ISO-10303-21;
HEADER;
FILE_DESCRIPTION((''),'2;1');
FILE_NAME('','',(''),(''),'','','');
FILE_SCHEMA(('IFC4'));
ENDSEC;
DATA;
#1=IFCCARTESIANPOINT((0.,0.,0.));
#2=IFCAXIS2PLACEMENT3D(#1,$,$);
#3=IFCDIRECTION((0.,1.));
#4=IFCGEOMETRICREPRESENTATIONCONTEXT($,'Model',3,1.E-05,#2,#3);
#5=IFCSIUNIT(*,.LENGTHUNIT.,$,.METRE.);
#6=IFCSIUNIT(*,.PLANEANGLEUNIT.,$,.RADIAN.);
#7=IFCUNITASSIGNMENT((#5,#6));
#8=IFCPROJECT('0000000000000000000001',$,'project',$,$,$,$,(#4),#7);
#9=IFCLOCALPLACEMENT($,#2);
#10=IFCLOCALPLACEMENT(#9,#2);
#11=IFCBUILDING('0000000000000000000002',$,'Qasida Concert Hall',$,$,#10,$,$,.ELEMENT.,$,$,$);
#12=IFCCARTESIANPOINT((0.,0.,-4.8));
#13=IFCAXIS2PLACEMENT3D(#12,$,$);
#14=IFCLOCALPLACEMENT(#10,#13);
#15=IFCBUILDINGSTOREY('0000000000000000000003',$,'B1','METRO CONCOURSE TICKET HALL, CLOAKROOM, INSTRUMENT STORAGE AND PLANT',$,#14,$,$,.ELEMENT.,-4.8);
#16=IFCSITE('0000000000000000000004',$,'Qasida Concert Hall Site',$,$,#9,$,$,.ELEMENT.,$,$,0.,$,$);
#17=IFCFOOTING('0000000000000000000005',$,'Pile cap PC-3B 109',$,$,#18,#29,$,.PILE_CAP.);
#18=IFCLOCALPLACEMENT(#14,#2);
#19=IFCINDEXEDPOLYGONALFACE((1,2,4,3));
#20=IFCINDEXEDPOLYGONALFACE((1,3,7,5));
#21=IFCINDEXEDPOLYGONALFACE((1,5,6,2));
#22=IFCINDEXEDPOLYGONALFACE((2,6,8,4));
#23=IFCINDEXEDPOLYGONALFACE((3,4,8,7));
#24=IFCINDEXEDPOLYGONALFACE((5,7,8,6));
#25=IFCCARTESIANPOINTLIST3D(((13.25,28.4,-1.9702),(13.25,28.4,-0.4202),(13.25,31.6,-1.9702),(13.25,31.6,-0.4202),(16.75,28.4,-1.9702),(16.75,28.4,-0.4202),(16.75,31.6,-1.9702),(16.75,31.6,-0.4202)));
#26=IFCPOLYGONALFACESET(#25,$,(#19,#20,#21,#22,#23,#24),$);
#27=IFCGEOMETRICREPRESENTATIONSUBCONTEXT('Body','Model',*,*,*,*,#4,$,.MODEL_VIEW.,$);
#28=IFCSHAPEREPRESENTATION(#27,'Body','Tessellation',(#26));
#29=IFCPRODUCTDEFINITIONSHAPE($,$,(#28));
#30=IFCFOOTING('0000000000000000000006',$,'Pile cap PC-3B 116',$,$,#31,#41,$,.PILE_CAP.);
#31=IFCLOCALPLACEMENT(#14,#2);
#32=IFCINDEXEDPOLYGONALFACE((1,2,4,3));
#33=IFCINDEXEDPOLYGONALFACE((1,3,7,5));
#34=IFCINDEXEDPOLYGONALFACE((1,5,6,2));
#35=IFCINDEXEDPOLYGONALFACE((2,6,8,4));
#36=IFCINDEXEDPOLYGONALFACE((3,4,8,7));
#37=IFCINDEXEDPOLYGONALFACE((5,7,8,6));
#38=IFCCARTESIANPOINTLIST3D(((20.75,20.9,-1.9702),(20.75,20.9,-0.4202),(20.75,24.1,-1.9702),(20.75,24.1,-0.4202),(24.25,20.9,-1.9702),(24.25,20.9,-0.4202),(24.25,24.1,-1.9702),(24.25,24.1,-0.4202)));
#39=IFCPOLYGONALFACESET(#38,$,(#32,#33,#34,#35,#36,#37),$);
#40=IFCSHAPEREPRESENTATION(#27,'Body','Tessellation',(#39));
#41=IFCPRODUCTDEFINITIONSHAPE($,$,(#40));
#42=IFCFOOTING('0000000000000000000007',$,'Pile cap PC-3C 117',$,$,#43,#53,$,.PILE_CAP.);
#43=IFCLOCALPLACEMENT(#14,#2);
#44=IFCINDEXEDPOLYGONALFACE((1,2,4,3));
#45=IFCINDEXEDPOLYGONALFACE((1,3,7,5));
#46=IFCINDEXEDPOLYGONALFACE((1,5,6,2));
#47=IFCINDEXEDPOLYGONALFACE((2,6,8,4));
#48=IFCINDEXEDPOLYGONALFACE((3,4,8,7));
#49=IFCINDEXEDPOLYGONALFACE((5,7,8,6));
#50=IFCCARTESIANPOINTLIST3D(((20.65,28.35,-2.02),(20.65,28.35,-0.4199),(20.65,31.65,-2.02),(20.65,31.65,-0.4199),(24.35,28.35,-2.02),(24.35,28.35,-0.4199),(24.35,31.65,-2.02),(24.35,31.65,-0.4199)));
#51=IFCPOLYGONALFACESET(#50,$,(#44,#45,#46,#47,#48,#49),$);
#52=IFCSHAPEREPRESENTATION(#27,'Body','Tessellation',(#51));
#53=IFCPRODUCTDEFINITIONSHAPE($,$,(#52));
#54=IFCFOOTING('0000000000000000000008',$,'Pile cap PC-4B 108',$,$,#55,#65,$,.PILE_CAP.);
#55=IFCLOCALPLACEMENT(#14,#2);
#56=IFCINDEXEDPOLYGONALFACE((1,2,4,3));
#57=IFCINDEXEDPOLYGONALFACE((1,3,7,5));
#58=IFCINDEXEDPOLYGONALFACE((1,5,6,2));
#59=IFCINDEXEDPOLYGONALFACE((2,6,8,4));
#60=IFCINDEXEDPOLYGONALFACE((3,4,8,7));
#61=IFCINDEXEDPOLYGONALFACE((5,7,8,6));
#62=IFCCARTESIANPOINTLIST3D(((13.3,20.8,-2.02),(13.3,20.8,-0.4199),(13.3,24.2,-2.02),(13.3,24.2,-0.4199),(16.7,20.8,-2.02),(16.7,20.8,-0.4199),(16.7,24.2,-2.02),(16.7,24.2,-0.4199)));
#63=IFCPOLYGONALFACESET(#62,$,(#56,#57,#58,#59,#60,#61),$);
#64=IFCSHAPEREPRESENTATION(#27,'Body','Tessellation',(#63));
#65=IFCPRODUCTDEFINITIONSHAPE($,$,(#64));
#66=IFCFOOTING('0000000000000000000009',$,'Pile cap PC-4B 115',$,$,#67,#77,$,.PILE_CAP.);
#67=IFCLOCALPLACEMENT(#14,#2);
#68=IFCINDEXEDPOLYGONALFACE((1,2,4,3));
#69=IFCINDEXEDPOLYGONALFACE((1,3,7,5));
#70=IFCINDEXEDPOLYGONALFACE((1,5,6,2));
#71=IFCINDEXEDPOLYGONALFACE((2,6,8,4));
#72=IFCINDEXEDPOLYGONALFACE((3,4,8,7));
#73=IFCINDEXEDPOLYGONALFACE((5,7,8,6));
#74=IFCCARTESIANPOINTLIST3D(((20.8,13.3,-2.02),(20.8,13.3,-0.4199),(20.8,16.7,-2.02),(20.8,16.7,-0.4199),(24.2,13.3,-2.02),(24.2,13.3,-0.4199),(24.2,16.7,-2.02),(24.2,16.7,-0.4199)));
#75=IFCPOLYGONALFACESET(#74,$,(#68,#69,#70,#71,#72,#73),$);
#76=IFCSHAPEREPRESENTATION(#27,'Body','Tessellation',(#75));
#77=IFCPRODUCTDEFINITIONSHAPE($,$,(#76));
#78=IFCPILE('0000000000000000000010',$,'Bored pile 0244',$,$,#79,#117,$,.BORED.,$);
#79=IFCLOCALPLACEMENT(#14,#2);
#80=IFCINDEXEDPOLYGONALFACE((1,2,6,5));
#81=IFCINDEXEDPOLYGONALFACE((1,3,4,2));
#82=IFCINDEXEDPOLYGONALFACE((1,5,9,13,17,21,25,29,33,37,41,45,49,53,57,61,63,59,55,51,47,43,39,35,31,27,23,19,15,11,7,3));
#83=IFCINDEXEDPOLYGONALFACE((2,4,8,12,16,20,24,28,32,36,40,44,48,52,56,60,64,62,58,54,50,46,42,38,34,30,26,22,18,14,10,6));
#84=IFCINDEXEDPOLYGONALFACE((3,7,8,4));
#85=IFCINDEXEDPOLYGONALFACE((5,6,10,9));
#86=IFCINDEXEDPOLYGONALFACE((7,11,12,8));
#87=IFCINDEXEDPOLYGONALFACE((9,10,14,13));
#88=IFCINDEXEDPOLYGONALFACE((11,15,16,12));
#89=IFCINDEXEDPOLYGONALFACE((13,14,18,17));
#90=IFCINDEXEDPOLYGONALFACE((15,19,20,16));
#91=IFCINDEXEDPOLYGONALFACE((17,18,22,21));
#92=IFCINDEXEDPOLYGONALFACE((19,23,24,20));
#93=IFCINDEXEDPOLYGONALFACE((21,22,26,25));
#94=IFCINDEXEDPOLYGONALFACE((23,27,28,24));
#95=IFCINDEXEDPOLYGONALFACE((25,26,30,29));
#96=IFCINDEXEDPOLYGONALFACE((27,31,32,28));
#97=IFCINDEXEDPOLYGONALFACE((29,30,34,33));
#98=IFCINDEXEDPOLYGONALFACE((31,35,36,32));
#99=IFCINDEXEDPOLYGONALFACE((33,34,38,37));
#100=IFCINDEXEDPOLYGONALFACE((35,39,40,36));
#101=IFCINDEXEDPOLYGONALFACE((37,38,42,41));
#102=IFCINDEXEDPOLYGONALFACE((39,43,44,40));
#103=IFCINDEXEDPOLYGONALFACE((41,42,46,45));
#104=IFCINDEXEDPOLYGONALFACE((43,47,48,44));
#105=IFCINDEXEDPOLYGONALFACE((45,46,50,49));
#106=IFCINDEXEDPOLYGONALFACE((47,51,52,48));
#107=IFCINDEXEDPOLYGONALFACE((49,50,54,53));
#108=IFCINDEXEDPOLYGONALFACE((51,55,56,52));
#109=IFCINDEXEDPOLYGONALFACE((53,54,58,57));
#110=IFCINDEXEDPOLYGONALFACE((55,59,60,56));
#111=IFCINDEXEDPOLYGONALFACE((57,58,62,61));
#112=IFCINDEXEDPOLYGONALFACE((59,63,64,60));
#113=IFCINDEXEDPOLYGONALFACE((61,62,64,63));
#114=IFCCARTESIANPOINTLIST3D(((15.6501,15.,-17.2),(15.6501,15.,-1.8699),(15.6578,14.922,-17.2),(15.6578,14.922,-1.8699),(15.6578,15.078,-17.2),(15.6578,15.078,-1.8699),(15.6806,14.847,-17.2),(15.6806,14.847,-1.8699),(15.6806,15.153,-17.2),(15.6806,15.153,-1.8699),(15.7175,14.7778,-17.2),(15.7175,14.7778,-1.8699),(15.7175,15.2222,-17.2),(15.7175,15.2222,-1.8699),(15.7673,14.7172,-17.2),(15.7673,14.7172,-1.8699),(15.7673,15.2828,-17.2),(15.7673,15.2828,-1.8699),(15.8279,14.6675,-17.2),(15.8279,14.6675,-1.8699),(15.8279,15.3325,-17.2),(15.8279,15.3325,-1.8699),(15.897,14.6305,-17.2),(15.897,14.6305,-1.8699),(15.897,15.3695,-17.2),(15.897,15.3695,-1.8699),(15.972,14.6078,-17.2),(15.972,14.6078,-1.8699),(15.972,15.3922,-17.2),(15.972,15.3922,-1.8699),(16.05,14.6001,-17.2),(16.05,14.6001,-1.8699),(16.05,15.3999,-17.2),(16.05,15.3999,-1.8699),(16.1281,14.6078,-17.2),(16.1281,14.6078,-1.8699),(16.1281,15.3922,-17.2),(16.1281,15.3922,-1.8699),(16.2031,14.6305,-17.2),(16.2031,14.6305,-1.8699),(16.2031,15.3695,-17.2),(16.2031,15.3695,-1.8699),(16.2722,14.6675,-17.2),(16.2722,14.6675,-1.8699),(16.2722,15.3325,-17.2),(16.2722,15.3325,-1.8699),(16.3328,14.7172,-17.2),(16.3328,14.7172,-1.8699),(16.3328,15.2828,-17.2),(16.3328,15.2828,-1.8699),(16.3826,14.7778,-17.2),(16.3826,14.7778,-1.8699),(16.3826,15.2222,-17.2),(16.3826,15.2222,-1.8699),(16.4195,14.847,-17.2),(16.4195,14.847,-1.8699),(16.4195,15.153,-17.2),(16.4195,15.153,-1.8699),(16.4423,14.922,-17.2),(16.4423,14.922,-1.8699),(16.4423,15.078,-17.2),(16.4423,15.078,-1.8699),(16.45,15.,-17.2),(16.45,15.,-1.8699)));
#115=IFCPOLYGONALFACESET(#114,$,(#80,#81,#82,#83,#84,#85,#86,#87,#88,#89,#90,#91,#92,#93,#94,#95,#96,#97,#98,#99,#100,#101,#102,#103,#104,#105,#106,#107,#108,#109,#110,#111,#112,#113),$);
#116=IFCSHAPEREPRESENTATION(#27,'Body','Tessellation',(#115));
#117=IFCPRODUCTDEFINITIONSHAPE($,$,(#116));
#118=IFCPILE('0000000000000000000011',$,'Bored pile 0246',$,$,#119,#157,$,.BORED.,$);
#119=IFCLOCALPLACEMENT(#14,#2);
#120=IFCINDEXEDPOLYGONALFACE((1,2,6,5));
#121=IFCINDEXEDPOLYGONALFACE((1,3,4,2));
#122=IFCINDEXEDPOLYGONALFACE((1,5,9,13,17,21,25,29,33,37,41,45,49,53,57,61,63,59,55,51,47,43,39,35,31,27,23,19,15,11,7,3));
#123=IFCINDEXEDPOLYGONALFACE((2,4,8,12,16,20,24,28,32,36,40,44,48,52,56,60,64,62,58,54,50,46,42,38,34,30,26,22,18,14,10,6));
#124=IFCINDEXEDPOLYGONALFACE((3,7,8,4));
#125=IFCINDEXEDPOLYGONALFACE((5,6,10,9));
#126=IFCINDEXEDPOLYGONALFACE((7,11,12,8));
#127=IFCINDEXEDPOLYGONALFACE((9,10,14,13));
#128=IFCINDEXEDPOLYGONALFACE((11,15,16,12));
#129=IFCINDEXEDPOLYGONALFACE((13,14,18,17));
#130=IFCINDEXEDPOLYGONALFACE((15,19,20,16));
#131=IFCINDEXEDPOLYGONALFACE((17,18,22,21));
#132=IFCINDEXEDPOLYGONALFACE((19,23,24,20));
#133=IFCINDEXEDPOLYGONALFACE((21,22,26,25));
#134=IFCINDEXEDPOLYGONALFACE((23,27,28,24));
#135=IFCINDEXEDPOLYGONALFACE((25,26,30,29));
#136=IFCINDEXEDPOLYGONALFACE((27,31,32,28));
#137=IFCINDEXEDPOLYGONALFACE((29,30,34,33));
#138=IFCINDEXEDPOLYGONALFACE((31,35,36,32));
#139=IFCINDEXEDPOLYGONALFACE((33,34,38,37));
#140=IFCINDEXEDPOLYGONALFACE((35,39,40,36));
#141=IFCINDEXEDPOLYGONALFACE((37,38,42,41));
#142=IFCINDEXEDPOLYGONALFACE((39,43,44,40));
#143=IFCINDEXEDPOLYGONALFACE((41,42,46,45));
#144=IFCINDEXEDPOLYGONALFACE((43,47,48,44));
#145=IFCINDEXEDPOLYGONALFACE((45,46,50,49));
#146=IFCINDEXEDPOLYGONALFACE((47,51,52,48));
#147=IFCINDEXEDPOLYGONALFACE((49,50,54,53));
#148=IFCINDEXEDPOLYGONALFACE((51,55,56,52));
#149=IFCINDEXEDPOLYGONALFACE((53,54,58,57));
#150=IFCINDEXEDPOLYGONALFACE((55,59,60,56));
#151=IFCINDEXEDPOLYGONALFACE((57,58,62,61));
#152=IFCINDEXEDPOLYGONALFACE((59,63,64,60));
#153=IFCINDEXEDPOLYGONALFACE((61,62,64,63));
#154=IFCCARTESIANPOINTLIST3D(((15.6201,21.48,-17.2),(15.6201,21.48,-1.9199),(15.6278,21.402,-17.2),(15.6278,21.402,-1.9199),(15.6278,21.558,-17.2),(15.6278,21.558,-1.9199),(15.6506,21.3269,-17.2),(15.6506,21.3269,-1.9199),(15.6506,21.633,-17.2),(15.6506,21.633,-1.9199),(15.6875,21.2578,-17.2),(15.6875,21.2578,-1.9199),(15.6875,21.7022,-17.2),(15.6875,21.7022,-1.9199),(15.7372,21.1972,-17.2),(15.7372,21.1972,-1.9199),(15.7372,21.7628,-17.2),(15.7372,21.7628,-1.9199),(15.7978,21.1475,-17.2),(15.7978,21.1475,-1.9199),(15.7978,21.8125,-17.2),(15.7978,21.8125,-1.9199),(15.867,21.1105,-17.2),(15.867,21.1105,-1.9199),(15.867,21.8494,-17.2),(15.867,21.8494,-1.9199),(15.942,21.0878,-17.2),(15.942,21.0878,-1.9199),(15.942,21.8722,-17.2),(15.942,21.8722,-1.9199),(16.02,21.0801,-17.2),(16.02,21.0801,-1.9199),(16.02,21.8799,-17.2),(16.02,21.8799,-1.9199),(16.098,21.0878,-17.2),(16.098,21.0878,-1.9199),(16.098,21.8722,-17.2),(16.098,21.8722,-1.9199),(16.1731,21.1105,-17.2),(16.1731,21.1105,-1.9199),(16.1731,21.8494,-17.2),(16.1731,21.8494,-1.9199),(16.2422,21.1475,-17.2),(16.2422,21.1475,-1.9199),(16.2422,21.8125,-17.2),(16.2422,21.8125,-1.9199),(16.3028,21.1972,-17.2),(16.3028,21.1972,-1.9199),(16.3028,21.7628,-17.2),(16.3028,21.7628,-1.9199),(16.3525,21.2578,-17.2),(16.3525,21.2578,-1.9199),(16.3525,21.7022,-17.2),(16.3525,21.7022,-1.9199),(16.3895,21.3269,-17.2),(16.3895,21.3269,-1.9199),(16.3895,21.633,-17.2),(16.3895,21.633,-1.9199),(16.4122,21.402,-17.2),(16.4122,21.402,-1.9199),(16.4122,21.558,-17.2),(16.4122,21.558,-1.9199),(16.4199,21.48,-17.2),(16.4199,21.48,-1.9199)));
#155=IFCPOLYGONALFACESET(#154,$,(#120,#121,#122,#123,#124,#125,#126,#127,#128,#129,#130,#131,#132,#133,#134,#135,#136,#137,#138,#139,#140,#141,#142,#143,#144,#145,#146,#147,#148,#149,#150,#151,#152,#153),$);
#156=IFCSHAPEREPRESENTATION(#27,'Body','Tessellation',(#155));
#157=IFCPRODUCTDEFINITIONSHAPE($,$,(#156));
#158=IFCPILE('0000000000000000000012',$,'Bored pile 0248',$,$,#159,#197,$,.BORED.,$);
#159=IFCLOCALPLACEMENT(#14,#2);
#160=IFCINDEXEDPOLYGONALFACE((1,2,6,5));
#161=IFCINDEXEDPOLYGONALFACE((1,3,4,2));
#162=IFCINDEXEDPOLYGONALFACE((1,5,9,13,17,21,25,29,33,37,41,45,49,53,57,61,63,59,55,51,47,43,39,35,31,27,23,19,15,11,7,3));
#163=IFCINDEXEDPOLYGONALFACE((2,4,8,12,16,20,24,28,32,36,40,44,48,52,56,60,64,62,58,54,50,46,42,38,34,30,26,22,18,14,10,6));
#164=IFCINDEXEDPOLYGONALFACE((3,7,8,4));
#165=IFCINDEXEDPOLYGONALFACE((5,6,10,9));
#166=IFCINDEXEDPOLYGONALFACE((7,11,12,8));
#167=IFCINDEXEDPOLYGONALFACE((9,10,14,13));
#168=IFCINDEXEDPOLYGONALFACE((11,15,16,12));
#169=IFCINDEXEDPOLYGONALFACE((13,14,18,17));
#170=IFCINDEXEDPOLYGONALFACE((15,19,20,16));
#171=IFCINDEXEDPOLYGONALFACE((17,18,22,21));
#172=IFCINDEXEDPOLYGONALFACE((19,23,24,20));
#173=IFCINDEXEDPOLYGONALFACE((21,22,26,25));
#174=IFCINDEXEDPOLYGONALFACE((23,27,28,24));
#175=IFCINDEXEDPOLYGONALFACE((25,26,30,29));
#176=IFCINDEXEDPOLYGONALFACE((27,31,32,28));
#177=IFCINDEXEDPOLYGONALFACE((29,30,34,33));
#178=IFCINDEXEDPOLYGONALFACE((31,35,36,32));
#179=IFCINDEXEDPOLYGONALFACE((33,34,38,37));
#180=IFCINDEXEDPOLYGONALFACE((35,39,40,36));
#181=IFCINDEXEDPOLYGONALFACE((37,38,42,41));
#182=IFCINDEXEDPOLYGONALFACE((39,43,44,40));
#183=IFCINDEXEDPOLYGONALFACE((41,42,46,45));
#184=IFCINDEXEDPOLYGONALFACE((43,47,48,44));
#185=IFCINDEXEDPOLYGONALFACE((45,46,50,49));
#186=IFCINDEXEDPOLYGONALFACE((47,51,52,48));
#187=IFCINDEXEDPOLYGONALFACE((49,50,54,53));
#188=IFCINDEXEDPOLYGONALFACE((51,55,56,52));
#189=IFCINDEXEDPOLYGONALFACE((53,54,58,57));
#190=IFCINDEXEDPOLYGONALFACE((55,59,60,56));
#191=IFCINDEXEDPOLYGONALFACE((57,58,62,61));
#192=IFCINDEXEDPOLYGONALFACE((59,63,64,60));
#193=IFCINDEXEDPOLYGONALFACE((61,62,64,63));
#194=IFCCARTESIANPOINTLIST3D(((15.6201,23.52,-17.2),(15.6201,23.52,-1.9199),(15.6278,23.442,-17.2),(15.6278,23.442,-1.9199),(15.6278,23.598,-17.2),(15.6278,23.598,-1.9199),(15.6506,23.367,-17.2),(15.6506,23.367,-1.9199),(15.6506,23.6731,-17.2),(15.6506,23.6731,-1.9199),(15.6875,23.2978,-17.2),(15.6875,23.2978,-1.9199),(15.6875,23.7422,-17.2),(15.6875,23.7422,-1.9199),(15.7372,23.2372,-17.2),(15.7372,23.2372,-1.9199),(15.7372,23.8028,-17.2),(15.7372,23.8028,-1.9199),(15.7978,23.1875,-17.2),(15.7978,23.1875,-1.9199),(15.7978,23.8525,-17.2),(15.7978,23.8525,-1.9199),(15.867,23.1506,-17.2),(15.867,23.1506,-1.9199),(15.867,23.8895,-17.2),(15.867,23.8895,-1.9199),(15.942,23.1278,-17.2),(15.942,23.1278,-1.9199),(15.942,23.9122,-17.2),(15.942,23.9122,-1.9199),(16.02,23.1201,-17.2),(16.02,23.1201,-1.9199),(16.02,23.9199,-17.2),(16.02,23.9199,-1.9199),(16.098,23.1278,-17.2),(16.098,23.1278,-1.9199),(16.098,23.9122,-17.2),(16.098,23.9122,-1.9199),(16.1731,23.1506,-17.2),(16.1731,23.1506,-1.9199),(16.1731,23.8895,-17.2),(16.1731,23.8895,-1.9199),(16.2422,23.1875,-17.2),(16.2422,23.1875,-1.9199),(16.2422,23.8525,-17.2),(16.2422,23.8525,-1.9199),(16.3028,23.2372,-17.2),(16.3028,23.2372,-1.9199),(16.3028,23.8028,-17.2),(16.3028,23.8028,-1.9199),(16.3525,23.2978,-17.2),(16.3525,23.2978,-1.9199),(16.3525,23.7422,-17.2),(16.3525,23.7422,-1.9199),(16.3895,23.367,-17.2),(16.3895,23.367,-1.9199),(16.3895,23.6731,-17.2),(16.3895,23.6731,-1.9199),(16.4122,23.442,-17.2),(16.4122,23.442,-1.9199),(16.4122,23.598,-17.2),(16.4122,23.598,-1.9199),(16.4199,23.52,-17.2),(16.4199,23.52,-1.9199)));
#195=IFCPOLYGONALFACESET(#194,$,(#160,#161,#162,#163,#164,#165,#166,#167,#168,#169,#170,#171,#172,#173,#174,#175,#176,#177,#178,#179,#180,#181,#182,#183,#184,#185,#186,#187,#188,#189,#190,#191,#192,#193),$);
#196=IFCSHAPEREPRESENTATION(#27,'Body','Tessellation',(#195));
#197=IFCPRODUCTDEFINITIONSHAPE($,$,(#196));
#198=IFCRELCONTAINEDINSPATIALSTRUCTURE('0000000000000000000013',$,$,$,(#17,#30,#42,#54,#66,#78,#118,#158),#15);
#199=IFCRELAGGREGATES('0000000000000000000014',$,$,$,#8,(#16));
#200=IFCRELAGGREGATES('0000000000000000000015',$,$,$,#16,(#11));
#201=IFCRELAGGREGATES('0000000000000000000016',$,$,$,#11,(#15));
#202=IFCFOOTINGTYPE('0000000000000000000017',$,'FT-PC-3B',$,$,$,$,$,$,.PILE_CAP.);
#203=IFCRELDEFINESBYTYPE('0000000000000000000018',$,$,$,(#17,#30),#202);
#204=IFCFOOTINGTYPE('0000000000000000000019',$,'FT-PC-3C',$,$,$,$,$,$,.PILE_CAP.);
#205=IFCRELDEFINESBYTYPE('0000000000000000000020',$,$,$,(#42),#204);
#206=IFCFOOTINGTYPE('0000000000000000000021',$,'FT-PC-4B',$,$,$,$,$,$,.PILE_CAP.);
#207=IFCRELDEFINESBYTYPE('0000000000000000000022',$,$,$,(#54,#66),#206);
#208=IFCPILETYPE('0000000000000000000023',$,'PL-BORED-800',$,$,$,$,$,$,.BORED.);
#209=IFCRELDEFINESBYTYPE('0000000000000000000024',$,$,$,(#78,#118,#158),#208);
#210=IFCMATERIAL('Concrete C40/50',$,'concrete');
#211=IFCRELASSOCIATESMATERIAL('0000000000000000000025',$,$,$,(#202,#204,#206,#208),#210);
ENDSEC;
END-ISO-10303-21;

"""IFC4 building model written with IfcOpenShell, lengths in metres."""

from ifc_helpers import new_model, si_unit, direction, frame, origin, origin_2d, place, context, subcontext, project, spatial, rectangle, circle, extrude, material, material_profile, profile_set, type_object, element, save


model = new_model("IFC4")

# Units and contexts
model_context = context("Model", 3, precision=1e-05, world=origin(), true_north=direction((0.0, 1.0)))
body_context = subcontext(model_context, "Body", "Model", "MODEL_VIEW")
ifc_project = project(units=[si_unit("LENGTHUNIT", "METRE"), si_unit("PLANEANGLEUNIT", "RADIAN")], contexts=[model_context])

# Site, building, storey
site_placement = place(None, origin())
site = spatial("IfcSite", under=ifc_project, at=site_placement, Name="Qasida Concert Hall Site", CompositionType="ELEMENT", RefElevation=0.0)
building_placement = place(site_placement, origin())
building = spatial("IfcBuilding", under=site, at=building_placement, Name="Qasida Concert Hall", CompositionType="ELEMENT")
storey_placement = place(building_placement, frame((0.0, 0.0, -4.8)))
storey = spatial("IfcBuildingStorey", under=building, at=storey_placement, Name="B1", Description="METRO CONCOURSE TICKET HALL, CLOAKROOM, INSTRUMENT STORAGE AND PLANT", CompositionType="ELEMENT", Elevation=-4.8)

# Footings
ifc_material_1 = material(Name="Concrete C40/50", Category="concrete")
footing_type_1 = type_object("IfcFootingType", Name="FT-PC-3B", PredefinedType="PILE_CAP", material=ifc_material_1)
for number, where, z_axis, x_axis, name in (
    (1, (15.0, 30.0, -1.9702), (0.0, 0.0, 1.0), (1.0, 0.0, 0.0), "Pile cap PC-3B 109"),
    (2, (22.5, 22.5, -1.9702), (0.0, 0.0, 1.0), (1.0, 0.0, 0.0), "Pile cap PC-3B 116"),
):
    element("IfcFooting", number, at=place(storey_placement, frame(where, z_axis=z_axis, x_axis=x_axis)), inside=storey, type_object=footing_type_1, Name=name, PredefinedType="PILE_CAP", context=body_context, shape_type="SweptSolid", body=[
        extrude(rectangle(XDim=3.5, YDim=3.2, at=origin_2d()), origin(), (0.0, 0.0, 1.0), 1.55),
    ])
footing_type_2 = type_object("IfcFootingType", Name="FT-PC-3C", PredefinedType="PILE_CAP", material=ifc_material_1)
footing_placement = place(storey_placement, frame((22.5, 30.0, -2.02), z_axis=(0.0, 0.0, 1.0), x_axis=(1.0, 0.0, 0.0)))
element("IfcFooting", 3, at=footing_placement, inside=storey, type_object=footing_type_2, Name="Pile cap PC-3C 117", PredefinedType="PILE_CAP", context=body_context, shape_type="SweptSolid", body=[
    extrude(rectangle(XDim=3.7, YDim=3.3, at=origin_2d()), origin(), (0.0, 0.0, 1.0), 1.6001),
])
footing_type_3 = type_object("IfcFootingType", Name="FT-PC-4B", PredefinedType="PILE_CAP", material=ifc_material_1)
for number, where, z_axis, x_axis, name in (
    (4, (15.0, 22.5, -2.02), (0.0, 0.0, 1.0), (1.0, 0.0, 0.0), "Pile cap PC-4B 108"),
    (5, (22.5, 15.0, -2.02), (0.0, 0.0, 1.0), (1.0, 0.0, 0.0), "Pile cap PC-4B 115"),
):
    element("IfcFooting", number, at=place(storey_placement, frame(where, z_axis=z_axis, x_axis=x_axis)), inside=storey, type_object=footing_type_3, Name=name, PredefinedType="PILE_CAP", context=body_context, shape_type="SweptSolid", body=[
        extrude(rectangle(XDim=3.3999, YDim=3.3999, at=origin_2d()), origin(), (0.0, 0.0, 1.0), 1.6001),
    ])

# Piles
ifc_material_profile_1 = material_profile(ifc_material_1, circle(Radius=0.3999, at=origin_2d()), Name="BORED PILE D800")
ifc_profile_set_1 = profile_set([ifc_material_profile_1], Name="Concrete C40/50")
pile_type = type_object("IfcPileType", Name="PL-BORED-800", PredefinedType="BORED", material=ifc_profile_set_1)
pile_1_placement = place(storey_placement, frame((16.05, 15.0, -1.8699), z_axis=(0.0, 0.0, -1.0), x_axis=(1.0, 0.0, 0.0)))
element("IfcPile", 6, at=pile_1_placement, inside=storey, type_object=pile_type, Name="Bored pile 0244", PredefinedType="BORED", context=body_context, shape_type="SweptSolid", body=[
    extrude(circle(Radius=0.3999, at=origin_2d()), origin(), (0.0, 0.0, 1.0), 15.3301),
])
for number, where, z_axis, x_axis, name in (
    (7, (16.02, 21.48, -1.9199), (0.0, 0.0, -1.0), (1.0, 0.0, 0.0), "Bored pile 0246"),
    (8, (16.02, 23.52, -1.9199), (0.0, 0.0, -1.0), (1.0, 0.0, 0.0), "Bored pile 0248"),
):
    element("IfcPile", number, at=place(storey_placement, frame(where, z_axis=z_axis, x_axis=x_axis)), inside=storey, type_object=pile_type, Name=name, PredefinedType="BORED", context=body_context, shape_type="SweptSolid", body=[
        extrude(circle(Radius=0.3999, at=origin_2d()), origin(), (0.0, 0.0, 1.0), 15.28),
    ])

save(model, "model.ifc")
